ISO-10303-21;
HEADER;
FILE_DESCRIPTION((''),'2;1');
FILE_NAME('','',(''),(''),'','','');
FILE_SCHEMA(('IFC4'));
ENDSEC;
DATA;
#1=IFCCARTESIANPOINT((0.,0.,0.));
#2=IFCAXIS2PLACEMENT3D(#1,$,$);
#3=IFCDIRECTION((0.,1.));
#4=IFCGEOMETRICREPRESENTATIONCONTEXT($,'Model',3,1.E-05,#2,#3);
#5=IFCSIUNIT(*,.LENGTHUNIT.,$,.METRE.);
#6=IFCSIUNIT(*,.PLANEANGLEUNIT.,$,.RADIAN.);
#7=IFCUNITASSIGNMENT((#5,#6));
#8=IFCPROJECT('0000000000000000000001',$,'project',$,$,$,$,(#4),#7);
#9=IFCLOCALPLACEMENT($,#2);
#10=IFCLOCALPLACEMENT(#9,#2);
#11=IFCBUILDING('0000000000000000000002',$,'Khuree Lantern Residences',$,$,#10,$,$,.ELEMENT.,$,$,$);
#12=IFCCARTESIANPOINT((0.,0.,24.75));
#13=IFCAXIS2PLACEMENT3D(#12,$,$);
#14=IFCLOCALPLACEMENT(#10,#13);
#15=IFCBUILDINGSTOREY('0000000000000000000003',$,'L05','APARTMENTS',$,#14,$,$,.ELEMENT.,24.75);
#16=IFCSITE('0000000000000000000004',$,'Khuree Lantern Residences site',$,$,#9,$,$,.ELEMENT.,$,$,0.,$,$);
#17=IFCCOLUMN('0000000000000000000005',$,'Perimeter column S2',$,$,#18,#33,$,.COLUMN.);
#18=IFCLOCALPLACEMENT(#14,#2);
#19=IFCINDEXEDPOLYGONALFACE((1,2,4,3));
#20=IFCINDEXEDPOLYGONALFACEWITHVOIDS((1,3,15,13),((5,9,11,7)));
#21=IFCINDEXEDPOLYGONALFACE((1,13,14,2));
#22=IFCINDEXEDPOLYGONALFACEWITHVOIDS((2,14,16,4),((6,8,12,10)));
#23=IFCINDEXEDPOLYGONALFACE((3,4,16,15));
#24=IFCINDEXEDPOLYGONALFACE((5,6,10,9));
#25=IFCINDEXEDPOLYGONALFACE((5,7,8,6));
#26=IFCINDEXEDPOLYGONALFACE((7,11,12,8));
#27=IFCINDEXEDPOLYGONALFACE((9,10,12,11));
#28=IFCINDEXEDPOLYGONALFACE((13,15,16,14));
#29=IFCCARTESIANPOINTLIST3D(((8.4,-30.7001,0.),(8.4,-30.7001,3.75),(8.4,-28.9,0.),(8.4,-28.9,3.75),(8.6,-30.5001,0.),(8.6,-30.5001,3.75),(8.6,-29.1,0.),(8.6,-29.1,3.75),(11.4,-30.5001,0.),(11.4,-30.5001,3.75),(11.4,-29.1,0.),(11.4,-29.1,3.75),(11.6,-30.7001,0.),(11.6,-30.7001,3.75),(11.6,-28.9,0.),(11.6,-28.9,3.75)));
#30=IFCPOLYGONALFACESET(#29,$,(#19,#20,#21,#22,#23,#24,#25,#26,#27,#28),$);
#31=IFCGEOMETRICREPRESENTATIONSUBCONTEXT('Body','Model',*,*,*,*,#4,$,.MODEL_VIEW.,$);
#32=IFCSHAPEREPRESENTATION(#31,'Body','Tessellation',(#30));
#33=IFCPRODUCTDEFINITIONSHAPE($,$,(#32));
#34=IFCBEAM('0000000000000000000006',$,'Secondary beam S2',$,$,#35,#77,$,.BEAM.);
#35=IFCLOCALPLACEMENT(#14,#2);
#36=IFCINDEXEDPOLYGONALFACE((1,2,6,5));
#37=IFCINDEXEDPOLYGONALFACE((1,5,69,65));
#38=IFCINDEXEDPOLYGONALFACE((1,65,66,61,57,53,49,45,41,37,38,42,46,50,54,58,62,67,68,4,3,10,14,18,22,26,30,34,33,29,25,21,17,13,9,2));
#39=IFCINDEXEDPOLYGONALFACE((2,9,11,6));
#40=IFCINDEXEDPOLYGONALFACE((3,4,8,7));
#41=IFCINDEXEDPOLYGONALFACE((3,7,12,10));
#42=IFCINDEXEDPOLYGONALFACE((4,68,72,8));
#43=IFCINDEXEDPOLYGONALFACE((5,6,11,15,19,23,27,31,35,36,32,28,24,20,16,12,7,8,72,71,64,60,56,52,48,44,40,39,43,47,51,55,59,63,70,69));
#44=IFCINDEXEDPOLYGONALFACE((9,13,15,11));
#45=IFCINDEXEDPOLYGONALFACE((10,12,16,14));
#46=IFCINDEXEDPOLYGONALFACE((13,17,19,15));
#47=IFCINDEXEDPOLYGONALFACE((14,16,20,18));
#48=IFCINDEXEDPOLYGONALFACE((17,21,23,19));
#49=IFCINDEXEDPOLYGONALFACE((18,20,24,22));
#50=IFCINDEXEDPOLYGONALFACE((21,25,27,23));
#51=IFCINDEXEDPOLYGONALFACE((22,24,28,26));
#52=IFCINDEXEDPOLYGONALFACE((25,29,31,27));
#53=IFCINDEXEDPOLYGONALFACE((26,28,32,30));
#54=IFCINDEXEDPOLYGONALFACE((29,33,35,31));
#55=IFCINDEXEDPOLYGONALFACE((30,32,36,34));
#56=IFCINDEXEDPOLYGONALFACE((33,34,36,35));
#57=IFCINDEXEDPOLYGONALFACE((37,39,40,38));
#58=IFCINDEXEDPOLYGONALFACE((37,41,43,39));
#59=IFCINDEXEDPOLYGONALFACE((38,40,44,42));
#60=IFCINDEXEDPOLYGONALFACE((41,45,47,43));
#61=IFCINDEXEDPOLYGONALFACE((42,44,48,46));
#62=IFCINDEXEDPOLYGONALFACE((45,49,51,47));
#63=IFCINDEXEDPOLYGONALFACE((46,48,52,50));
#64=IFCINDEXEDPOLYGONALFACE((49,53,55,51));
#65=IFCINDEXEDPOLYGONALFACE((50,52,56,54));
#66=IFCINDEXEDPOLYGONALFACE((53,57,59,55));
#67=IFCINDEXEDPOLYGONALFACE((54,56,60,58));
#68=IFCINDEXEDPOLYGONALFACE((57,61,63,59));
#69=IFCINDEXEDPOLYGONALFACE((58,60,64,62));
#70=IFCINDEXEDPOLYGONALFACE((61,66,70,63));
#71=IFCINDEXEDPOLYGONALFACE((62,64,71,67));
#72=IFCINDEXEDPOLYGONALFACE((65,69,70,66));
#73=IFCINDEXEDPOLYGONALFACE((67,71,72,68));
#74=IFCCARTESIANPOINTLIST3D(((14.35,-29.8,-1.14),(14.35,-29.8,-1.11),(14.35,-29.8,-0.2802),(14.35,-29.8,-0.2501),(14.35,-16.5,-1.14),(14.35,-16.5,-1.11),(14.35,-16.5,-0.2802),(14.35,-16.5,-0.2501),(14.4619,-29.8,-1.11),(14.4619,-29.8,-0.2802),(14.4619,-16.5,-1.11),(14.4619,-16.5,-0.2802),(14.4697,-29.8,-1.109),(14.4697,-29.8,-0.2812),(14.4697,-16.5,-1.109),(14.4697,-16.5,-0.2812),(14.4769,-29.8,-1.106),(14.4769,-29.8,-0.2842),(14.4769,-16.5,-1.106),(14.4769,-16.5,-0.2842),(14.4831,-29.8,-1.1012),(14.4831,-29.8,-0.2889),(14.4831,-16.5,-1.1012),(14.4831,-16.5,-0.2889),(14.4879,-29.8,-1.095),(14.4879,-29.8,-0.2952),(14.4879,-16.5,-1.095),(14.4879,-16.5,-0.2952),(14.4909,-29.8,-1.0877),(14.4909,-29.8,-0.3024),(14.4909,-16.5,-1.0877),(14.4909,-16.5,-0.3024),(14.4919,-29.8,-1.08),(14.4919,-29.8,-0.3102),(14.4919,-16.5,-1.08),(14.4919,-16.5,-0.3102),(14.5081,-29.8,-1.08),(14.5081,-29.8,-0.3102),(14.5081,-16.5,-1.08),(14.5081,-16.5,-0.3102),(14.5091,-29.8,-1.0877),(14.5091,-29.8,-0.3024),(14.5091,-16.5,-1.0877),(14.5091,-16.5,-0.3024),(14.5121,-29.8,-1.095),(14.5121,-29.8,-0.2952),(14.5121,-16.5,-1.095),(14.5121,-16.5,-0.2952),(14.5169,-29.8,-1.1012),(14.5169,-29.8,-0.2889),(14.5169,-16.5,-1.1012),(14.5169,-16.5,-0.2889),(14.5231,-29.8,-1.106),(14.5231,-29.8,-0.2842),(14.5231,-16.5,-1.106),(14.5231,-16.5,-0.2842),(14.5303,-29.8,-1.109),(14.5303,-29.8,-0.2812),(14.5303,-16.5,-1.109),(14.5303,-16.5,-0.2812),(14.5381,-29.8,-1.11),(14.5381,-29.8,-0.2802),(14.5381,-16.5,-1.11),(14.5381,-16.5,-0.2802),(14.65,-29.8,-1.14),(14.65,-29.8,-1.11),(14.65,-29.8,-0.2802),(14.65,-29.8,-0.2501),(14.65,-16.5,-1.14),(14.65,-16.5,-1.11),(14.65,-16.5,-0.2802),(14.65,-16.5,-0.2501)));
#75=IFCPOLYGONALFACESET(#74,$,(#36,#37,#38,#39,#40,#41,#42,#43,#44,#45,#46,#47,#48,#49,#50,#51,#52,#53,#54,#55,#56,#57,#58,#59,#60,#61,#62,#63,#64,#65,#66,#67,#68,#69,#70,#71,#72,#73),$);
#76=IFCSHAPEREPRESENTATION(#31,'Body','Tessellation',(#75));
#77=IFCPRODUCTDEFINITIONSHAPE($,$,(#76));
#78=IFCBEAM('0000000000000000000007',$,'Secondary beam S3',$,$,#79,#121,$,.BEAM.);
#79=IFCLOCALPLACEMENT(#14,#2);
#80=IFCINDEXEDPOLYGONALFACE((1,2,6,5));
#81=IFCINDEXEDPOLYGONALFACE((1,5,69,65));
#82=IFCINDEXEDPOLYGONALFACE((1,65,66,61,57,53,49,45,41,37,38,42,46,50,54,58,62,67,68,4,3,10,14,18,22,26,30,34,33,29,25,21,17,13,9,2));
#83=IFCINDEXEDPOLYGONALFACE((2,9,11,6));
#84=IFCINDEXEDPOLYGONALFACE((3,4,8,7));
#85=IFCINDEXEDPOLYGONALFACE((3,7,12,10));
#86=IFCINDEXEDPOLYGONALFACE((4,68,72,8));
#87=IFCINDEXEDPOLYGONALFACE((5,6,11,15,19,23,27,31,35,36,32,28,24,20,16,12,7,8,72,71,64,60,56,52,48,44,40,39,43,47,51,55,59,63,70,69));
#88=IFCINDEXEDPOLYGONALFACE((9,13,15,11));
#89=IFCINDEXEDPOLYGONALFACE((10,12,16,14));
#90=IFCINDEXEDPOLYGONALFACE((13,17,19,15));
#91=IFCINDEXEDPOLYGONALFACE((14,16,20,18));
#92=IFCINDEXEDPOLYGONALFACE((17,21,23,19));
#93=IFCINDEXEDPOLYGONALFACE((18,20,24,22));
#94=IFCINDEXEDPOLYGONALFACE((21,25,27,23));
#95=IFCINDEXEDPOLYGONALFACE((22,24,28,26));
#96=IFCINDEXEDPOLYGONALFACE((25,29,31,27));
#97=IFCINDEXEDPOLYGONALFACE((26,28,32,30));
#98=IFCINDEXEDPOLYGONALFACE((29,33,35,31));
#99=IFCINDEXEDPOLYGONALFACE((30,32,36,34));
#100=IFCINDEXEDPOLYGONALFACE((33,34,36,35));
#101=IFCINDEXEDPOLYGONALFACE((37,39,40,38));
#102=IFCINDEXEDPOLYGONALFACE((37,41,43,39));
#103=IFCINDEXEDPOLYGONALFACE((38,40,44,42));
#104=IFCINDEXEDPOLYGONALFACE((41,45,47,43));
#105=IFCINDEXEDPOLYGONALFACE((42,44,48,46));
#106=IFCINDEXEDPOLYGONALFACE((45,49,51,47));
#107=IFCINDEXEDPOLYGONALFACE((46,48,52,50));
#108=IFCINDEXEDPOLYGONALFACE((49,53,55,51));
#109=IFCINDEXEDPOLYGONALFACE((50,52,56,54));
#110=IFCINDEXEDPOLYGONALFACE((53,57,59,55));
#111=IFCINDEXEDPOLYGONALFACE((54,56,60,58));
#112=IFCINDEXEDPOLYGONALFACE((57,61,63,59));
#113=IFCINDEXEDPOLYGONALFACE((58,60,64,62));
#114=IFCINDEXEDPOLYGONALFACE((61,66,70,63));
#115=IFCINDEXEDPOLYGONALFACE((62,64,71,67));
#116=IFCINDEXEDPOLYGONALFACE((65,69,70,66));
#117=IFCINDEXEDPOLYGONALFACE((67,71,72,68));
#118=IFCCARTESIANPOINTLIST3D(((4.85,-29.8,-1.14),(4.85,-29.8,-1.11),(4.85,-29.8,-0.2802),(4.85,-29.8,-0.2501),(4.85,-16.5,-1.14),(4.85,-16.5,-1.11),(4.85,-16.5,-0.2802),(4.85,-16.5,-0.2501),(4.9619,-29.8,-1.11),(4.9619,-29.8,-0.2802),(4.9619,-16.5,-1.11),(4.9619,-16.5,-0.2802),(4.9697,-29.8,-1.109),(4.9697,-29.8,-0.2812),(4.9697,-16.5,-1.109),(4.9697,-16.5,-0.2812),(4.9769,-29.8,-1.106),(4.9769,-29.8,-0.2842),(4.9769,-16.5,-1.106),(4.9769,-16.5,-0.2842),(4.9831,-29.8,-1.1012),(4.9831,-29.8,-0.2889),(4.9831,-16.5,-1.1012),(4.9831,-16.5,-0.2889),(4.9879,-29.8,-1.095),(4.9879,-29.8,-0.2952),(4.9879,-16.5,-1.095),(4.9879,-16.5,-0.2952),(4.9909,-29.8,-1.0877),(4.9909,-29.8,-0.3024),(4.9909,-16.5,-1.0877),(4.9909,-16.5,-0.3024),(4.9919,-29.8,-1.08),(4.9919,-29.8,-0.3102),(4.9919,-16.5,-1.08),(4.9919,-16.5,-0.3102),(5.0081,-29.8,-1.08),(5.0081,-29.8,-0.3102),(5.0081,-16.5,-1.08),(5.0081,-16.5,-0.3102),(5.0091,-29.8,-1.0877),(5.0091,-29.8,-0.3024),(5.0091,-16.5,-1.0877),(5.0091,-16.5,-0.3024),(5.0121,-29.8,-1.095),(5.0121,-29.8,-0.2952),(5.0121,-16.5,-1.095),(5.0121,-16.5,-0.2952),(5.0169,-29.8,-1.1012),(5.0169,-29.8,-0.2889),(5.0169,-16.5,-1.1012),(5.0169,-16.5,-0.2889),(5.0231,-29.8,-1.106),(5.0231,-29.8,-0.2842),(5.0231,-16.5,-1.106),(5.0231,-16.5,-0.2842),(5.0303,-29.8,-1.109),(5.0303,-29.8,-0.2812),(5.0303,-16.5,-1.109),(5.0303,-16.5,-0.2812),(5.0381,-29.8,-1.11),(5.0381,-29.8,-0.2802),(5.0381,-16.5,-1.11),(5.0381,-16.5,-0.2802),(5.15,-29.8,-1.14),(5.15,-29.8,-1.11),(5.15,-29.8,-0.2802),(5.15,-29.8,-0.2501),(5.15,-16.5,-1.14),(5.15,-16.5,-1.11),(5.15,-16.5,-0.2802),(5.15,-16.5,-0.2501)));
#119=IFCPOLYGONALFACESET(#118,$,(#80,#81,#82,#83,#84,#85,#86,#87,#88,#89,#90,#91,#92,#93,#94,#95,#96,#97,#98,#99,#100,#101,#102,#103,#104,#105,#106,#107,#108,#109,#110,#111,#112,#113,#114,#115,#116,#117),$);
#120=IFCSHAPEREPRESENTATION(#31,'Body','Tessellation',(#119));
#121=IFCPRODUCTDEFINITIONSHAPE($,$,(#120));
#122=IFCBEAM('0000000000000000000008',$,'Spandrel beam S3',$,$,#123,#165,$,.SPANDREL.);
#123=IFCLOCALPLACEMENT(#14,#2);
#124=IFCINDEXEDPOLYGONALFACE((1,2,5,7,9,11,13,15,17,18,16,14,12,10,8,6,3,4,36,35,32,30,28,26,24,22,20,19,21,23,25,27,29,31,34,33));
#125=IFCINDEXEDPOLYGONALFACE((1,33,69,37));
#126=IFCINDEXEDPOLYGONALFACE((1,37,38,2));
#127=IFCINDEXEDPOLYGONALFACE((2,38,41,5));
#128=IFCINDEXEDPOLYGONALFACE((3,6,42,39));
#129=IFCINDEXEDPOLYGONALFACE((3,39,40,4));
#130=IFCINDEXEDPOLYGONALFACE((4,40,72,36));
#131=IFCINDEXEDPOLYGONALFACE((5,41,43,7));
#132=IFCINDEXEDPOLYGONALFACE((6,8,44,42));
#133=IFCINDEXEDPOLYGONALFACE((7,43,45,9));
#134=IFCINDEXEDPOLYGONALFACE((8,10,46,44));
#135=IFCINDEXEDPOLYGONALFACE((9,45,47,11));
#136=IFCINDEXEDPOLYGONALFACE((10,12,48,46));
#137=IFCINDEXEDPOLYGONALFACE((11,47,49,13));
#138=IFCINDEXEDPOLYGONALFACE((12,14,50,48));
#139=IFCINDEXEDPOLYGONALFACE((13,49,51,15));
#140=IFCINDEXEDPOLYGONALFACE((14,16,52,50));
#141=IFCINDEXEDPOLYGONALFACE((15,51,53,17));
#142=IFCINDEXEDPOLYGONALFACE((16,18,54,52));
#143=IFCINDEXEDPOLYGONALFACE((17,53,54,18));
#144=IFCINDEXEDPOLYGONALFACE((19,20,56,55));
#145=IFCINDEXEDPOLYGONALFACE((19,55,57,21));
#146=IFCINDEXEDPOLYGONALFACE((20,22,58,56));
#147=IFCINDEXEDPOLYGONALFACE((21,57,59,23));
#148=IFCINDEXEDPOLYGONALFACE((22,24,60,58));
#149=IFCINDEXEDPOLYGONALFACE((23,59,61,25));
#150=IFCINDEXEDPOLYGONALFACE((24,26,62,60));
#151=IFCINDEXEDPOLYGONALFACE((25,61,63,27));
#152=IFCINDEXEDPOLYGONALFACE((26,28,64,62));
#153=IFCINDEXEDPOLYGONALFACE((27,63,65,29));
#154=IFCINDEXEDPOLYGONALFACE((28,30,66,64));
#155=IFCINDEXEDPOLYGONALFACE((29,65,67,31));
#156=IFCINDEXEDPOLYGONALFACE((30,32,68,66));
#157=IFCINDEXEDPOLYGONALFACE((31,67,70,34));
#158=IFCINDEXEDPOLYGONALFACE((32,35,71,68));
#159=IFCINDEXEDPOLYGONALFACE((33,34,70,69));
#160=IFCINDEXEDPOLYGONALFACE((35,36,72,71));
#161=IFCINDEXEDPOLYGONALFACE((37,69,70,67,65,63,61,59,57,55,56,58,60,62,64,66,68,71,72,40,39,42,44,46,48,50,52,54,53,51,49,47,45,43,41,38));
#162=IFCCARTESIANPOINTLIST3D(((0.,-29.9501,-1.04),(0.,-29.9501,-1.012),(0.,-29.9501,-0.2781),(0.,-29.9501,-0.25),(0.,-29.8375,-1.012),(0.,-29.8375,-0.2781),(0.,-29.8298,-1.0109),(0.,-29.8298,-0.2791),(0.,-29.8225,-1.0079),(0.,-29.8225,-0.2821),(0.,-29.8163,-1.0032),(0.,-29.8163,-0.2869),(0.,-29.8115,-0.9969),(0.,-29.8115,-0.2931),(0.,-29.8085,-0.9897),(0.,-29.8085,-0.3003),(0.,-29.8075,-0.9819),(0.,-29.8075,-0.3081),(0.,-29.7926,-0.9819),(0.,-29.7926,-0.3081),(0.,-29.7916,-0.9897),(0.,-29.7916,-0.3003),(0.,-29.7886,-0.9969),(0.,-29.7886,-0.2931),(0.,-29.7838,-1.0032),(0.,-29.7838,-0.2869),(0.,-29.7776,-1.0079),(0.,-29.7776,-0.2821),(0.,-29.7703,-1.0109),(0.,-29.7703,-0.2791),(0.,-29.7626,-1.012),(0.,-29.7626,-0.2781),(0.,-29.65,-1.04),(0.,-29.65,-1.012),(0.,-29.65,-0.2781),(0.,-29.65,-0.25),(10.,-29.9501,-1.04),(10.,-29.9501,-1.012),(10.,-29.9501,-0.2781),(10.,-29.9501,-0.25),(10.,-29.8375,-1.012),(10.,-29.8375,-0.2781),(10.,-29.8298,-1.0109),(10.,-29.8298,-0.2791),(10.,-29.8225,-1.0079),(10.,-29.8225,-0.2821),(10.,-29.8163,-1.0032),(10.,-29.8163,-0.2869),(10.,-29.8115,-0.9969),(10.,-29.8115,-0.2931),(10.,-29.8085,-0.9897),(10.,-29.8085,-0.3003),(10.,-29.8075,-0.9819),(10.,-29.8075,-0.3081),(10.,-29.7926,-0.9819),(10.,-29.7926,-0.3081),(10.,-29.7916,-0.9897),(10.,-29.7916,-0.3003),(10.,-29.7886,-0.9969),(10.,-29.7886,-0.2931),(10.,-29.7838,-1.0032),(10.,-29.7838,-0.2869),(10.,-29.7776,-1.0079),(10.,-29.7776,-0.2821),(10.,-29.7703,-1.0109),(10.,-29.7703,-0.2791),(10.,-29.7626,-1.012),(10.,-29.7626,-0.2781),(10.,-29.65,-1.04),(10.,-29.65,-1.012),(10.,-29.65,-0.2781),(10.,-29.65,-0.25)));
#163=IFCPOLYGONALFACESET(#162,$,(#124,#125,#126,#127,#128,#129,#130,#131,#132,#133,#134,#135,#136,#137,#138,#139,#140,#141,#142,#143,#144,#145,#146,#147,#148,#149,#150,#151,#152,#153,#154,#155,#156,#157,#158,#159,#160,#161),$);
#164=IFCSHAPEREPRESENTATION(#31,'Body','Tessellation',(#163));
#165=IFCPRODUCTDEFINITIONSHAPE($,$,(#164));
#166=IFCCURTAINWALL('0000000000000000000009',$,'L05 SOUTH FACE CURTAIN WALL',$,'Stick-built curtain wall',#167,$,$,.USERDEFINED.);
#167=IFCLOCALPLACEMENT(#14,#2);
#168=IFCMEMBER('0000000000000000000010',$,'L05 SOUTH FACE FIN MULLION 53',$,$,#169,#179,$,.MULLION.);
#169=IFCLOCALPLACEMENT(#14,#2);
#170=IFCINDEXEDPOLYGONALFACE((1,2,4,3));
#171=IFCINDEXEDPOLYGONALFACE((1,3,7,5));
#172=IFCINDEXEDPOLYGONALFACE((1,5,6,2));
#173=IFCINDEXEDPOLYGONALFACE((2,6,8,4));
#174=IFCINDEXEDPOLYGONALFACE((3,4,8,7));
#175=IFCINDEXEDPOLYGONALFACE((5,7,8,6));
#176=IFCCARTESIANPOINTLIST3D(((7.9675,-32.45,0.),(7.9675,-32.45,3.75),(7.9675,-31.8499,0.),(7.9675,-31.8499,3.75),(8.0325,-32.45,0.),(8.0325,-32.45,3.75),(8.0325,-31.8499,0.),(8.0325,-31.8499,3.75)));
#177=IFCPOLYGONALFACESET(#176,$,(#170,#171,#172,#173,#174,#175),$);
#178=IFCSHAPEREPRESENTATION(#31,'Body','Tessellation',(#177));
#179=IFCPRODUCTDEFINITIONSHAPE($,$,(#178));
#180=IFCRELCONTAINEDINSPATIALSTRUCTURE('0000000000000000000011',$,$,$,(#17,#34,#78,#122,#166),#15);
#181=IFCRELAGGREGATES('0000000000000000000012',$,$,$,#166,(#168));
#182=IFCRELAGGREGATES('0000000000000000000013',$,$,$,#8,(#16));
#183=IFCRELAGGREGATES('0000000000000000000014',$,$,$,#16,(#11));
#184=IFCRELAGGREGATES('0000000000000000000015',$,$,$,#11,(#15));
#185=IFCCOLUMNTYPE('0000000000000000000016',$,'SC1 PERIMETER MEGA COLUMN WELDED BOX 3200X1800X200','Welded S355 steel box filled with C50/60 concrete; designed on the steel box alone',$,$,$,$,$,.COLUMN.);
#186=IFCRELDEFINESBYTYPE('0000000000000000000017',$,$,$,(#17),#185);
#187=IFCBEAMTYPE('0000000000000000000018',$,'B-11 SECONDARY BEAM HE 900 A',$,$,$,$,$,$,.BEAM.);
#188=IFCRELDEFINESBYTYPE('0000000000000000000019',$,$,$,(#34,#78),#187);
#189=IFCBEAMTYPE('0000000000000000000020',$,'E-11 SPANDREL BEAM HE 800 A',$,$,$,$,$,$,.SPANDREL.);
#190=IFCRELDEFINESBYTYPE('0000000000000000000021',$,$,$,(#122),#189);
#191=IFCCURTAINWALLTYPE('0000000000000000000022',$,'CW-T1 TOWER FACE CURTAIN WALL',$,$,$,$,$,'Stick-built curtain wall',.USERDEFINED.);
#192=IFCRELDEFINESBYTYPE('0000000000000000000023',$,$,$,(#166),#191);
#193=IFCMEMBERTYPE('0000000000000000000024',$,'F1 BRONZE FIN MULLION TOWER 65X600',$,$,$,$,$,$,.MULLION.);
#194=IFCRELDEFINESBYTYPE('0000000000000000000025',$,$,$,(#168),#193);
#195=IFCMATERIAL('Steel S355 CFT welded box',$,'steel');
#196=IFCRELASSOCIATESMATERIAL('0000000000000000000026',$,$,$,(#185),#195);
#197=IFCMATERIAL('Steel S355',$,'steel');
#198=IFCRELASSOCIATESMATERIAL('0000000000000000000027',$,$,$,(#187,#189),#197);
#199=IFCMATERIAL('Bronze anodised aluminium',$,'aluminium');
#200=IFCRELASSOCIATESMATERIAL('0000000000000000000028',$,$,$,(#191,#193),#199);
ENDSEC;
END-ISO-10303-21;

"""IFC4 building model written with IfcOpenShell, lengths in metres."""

from ifc_helpers import new_model, si_unit, direction, frame, origin, origin_2d, place, context, subcontext, project, spatial, rectangle, hollow_rectangle, i_section, extrude, material, material_profile, profile_set, type_object, element, aggregate, save


model = new_model("IFC4")

# Units and contexts
model_context = context("Model", 3, precision=1e-05, world=origin(), true_north=direction((0.0, 1.0)))
body_context = subcontext(model_context, "Body", "Model", "MODEL_VIEW")
ifc_project = project(units=[si_unit("LENGTHUNIT", "METRE"), si_unit("PLANEANGLEUNIT", "RADIAN")], contexts=[model_context])

# Site, building, storey
site_placement = place(None, origin())
site = spatial("IfcSite", under=ifc_project, at=site_placement, Name="Khuree Lantern Residences site", CompositionType="ELEMENT", RefElevation=0.0)
building_placement = place(site_placement, origin())
building = spatial("IfcBuilding", under=site, at=building_placement, Name="Khuree Lantern Residences", CompositionType="ELEMENT")
storey_placement = place(building_placement, frame((0.0, 0.0, 24.75)))
storey = spatial("IfcBuildingStorey", under=building, at=storey_placement, Name="L05", Description="APARTMENTS", CompositionType="ELEMENT", Elevation=24.75)

# Column
ifc_material_1 = material(Name="Steel S355 CFT welded box", Category="steel")
ifc_material_profile_1 = material_profile(ifc_material_1, hollow_rectangle(XDim=3.2, YDim=1.8, WallThickness=0.2, at=origin_2d()), Name="WELDED BOX 3200X1800X200")
ifc_profile_set_1 = profile_set([ifc_material_profile_1], Name="Steel S355 CFT welded box")
column_type = type_object("IfcColumnType", Name="SC1 PERIMETER MEGA COLUMN WELDED BOX 3200X1800X200", Description="Welded S355 steel box filled with C50/60 concrete; designed on the steel box alone", PredefinedType="COLUMN", material=ifc_profile_set_1)
column_placement = place(storey_placement, frame((10.0, -29.8, 0.0), z_axis=(0.0, 0.0, 1.0), x_axis=(1.0, 0.0, 0.0)))
element("IfcColumn", 1, at=column_placement, inside=storey, type_object=column_type, Name="Perimeter column S2", PredefinedType="COLUMN", context=body_context, shape_type="SweptSolid", body=[
    extrude(hollow_rectangle(XDim=3.2, YDim=1.8, WallThickness=0.2, at=origin_2d()), origin(), (0.0, 0.0, 1.0), 3.75),
])

# Beams
ifc_material_2 = material(Name="Steel S355", Category="steel")
ifc_material_profile_2 = material_profile(ifc_material_2, i_section(OverallWidth=0.3, OverallDepth=0.8899, WebThickness=0.0161, FlangeThickness=0.03, FilletRadius=0.03, at=origin_2d()), Name="HE 900 A")
ifc_profile_set_2 = profile_set([ifc_material_profile_2], Name="Steel S355")
beam_type_1 = type_object("IfcBeamType", Name="B-11 SECONDARY BEAM HE 900 A", PredefinedType="BEAM", material=ifc_profile_set_2)
for number, where, z_axis, x_axis, name in (
    (2, (14.5, -29.8, -0.6951), (0.0, 1.0, 0.0), (-1.0, 0.0, 0.0), "Secondary beam S2"),
    (3, (5.0, -29.8, -0.6951), (0.0, 1.0, 0.0), (-1.0, 0.0, 0.0), "Secondary beam S3"),
):
    element("IfcBeam", number, at=place(storey_placement, frame(where, z_axis=z_axis, x_axis=x_axis)), inside=storey, type_object=beam_type_1, Name=name, PredefinedType="BEAM", context=body_context, shape_type="SweptSolid", body=[
        extrude(i_section(OverallWidth=0.3, OverallDepth=0.8899, WebThickness=0.0161, FlangeThickness=0.03, FilletRadius=0.03, at=origin_2d()), origin(), (0.0, 0.0, 1.0), 13.3),
    ])
ifc_material_profile_3 = material_profile(ifc_material_2, i_section(OverallWidth=0.3, OverallDepth=0.79, WebThickness=0.0149, FlangeThickness=0.0281, FilletRadius=0.03, at=origin_2d()), Name="HE 800 A")
ifc_profile_set_3 = profile_set([ifc_material_profile_3], Name="Steel S355")
beam_type_2 = type_object("IfcBeamType", Name="E-11 SPANDREL BEAM HE 800 A", PredefinedType="SPANDREL", material=ifc_profile_set_3)
beam_1_placement = place(storey_placement, frame((10.0, -29.8, -0.645), z_axis=(-1.0, 0.0, 0.0), x_axis=(0.0, -1.0, 0.0)))
element("IfcBeam", 4, at=beam_1_placement, inside=storey, type_object=beam_type_2, Name="Spandrel beam S3", PredefinedType="SPANDREL", context=body_context, shape_type="SweptSolid", body=[
    extrude(i_section(OverallWidth=0.3, OverallDepth=0.79, WebThickness=0.0149, FlangeThickness=0.0281, FilletRadius=0.03, at=origin_2d()), origin(), (0.0, 0.0, 1.0), 10.0),
])

# Curtain wall, member
ifc_material_3 = material(Name="Bronze anodised aluminium", Category="aluminium")
curtain_wall_type = type_object("IfcCurtainWallType", Name="CW-T1 TOWER FACE CURTAIN WALL", ElementType="Stick-built curtain wall", PredefinedType="USERDEFINED", material=ifc_material_3)
curtain_wall_placement = place(storey_placement, origin())
curtain_wall = element("IfcCurtainWall", 5, at=curtain_wall_placement, inside=storey, type_object=curtain_wall_type, Name="L05 SOUTH FACE CURTAIN WALL", ObjectType="Stick-built curtain wall", PredefinedType="USERDEFINED")
ifc_material_profile_4 = material_profile(ifc_material_3, rectangle(XDim=0.0649, YDim=0.6001, at=origin_2d()), Name="F1 65X600")
ifc_profile_set_4 = profile_set([ifc_material_profile_4], Name="Bronze anodised aluminium")
member_type_1 = type_object("IfcMemberType", Name="F1 BRONZE FIN MULLION TOWER 65X600", PredefinedType="MULLION", material=ifc_profile_set_4)
member_1_placement = place(storey_placement, frame((8.0, -32.1499, 0.0), z_axis=(0.0, 0.0, 1.0), x_axis=(1.0, 0.0, 0.0)))
member_1 = element("IfcMember", 6, at=member_1_placement, type_object=member_type_1, Name="L05 SOUTH FACE FIN MULLION 53", PredefinedType="MULLION", context=body_context, shape_type="SweptSolid", body=[
    extrude(rectangle(XDim=0.0649, YDim=0.6001, at=origin_2d()), origin(), (0.0, 0.0, 1.0), 3.75),
])

aggregate(curtain_wall, [member_1])

save(model, "model.ifc")
